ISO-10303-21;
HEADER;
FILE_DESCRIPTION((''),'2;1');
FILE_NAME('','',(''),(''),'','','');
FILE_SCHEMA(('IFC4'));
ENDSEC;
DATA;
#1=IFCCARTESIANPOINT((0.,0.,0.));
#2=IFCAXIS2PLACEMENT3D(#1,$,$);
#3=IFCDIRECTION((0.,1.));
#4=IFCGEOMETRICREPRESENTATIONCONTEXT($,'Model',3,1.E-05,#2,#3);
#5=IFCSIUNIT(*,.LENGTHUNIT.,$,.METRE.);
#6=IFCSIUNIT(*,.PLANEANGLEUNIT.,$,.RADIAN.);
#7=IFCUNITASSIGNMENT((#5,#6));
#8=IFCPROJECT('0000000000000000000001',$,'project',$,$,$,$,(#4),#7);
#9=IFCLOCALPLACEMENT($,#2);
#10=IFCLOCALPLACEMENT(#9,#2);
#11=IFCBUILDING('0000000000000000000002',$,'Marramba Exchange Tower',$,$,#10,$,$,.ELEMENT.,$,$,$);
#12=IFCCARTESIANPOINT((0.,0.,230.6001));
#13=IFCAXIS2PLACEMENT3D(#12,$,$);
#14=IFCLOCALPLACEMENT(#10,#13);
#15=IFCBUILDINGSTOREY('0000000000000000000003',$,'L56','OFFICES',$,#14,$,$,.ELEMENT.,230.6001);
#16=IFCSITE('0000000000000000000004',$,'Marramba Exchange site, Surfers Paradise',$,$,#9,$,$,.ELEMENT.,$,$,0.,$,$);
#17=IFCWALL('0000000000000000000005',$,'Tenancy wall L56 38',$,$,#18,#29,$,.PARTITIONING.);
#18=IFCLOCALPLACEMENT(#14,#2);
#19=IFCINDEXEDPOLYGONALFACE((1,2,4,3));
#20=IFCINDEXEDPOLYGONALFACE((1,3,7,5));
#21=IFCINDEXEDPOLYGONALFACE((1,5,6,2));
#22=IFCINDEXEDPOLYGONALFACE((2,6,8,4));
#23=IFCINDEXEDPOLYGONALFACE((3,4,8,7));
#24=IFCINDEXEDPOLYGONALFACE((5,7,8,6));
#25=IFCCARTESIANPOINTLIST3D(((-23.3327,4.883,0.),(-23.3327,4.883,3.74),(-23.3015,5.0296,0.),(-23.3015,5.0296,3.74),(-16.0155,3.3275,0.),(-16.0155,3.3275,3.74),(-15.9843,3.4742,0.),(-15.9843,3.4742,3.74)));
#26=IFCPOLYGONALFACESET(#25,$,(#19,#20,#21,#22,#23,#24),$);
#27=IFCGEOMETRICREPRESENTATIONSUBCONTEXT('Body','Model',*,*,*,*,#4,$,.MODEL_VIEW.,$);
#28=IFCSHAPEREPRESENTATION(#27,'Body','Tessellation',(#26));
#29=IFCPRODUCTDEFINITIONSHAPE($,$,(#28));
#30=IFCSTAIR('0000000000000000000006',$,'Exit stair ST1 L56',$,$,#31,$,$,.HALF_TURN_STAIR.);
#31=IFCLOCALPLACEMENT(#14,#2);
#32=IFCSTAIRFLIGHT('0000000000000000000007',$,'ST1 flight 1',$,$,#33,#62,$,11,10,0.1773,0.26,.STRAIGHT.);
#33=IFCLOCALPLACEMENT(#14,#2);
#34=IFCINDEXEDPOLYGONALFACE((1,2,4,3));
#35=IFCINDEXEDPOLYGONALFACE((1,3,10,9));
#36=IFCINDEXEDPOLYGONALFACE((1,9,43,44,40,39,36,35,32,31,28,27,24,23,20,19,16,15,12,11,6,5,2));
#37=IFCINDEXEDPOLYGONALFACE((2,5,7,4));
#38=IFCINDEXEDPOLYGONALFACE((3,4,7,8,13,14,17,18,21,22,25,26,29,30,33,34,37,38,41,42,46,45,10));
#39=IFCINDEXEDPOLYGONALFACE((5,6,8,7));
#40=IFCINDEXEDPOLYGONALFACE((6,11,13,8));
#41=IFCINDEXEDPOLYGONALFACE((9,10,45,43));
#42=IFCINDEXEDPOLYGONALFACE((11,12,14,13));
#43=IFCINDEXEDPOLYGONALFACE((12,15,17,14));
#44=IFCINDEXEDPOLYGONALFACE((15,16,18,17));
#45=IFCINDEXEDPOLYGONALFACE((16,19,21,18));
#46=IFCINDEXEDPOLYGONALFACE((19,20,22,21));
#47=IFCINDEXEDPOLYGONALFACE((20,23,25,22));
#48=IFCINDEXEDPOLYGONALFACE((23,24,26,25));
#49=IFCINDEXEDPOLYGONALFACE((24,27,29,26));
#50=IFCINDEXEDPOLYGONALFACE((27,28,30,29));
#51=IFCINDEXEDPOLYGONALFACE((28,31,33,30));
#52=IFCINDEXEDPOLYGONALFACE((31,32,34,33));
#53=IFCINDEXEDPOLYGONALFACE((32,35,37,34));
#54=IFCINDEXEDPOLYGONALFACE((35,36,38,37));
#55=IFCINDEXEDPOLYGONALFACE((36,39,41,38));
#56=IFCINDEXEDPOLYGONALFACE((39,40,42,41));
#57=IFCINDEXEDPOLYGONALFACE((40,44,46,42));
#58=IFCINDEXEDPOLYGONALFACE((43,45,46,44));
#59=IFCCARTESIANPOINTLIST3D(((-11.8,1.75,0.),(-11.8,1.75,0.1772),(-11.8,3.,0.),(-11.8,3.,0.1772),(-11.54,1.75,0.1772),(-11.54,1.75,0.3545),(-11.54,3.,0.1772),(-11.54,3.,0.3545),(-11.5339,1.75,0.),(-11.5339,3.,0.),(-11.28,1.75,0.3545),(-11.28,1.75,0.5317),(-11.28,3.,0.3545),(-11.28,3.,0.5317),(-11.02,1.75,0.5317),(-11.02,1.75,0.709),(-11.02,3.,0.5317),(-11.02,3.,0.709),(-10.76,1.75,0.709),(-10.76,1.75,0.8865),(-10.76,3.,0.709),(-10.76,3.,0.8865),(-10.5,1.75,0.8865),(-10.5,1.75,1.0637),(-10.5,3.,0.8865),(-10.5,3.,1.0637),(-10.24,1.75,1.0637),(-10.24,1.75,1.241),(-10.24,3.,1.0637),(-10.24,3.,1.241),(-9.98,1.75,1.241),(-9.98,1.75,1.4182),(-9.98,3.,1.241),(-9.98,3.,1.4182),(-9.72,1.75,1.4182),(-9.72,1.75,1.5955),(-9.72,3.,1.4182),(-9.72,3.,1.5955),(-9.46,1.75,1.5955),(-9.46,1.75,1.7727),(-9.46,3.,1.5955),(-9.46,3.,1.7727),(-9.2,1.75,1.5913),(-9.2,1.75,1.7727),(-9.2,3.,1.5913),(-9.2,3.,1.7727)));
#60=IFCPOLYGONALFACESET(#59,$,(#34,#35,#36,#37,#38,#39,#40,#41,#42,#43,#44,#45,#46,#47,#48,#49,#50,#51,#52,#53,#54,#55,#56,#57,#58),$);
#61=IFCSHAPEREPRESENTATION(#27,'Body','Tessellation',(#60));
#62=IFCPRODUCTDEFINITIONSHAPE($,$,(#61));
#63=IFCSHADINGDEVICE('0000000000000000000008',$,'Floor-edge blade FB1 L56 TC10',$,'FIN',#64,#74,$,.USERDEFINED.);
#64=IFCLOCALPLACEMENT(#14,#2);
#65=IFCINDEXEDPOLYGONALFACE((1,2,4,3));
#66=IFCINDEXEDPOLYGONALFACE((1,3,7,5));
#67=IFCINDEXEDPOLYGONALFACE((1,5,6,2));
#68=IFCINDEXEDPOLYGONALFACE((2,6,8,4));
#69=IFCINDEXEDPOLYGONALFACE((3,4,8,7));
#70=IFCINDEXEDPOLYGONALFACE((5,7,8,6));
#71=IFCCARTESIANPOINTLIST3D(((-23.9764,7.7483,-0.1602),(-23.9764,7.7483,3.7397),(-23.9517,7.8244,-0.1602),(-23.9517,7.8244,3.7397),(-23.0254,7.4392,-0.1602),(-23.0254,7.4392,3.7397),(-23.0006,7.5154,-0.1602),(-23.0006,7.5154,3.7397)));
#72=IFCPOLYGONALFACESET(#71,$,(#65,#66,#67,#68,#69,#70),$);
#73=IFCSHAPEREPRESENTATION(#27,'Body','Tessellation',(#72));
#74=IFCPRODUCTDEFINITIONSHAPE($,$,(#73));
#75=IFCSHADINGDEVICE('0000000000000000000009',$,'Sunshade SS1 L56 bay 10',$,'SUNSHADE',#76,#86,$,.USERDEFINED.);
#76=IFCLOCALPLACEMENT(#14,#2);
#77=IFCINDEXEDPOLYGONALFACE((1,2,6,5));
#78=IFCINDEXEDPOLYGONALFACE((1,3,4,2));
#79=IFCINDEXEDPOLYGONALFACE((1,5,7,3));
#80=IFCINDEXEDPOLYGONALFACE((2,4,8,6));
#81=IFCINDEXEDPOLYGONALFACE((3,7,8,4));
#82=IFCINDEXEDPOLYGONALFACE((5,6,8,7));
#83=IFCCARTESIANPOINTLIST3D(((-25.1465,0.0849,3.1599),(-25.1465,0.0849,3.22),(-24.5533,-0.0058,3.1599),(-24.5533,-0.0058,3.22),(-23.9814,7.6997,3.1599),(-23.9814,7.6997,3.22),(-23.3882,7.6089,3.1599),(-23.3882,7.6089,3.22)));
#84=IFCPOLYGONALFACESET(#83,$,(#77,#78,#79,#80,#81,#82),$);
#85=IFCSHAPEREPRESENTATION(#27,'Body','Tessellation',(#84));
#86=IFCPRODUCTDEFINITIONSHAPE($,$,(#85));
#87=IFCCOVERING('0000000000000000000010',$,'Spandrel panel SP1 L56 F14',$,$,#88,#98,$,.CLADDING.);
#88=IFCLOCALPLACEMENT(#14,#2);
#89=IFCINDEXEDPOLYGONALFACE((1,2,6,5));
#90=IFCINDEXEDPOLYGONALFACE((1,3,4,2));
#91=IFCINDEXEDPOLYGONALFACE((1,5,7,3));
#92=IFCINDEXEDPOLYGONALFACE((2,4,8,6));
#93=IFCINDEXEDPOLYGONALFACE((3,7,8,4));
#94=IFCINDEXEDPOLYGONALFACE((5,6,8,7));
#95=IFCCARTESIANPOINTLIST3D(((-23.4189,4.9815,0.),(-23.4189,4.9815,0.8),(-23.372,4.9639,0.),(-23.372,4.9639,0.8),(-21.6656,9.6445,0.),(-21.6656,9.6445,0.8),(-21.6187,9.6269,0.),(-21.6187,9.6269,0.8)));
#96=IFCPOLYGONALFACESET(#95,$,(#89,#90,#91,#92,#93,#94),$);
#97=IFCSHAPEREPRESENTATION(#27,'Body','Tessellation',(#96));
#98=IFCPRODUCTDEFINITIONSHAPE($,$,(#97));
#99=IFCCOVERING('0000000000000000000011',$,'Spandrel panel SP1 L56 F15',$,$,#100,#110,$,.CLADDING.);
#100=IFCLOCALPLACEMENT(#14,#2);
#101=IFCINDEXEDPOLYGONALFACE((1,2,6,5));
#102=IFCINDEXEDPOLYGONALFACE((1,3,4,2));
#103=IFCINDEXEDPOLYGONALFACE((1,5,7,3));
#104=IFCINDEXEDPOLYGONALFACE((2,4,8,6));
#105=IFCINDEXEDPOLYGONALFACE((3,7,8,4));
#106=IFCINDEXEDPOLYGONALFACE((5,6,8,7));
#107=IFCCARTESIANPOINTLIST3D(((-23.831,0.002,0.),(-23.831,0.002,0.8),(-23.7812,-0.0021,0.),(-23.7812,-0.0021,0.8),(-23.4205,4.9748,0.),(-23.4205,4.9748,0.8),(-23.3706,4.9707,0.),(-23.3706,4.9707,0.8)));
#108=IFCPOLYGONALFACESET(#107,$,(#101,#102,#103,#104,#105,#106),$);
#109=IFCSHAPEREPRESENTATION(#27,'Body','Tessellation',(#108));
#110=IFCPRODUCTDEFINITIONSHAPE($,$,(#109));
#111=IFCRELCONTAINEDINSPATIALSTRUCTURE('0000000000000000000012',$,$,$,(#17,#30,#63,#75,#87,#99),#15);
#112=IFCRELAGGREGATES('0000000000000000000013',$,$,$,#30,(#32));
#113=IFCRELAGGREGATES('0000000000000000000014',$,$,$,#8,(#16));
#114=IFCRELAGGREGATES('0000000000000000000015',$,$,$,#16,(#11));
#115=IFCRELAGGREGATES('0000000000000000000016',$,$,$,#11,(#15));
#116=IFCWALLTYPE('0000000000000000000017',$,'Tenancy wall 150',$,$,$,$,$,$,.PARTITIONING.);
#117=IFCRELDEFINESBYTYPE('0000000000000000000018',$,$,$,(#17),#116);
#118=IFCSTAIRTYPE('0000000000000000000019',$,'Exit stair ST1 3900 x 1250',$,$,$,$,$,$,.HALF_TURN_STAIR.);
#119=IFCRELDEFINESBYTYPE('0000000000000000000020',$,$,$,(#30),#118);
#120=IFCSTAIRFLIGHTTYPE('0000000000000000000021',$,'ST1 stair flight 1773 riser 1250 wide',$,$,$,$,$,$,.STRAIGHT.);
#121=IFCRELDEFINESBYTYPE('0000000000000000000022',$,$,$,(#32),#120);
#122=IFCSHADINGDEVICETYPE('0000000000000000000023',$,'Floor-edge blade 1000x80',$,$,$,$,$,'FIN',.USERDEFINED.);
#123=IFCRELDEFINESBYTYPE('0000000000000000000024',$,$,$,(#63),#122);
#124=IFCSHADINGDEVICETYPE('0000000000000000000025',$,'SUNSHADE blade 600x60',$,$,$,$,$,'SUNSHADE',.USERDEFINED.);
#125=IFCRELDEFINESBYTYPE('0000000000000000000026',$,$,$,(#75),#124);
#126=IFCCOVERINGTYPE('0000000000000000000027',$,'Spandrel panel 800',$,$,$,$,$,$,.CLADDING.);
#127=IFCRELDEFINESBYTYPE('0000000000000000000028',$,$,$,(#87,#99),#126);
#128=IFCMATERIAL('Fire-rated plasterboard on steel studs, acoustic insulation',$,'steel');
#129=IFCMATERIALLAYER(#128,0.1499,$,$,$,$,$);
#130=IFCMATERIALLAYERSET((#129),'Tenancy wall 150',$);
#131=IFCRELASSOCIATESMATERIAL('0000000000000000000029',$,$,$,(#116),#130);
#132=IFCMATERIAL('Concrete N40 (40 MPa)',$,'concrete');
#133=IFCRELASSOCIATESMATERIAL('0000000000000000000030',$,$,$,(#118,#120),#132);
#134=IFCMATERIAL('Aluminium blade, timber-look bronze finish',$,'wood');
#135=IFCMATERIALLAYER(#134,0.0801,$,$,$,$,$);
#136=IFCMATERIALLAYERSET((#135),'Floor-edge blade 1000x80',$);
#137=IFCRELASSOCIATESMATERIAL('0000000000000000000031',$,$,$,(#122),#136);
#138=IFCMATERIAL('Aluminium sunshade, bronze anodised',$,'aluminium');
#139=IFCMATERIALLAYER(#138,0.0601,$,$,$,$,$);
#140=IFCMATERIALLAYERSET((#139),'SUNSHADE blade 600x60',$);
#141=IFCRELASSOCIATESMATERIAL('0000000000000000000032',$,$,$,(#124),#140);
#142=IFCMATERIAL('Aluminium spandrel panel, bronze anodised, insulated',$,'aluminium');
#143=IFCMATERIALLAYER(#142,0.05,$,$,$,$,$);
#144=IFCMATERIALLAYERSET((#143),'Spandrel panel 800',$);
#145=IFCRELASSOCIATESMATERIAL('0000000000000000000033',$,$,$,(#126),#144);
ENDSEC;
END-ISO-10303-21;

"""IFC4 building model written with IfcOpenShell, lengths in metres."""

from ifc_helpers import new_model, si_unit, direction, frame, frame_2d, origin, origin_2d, place, context, subcontext, project, spatial, polyline, rectangle, outline, extrude, material, layer, layer_set, type_object, element, aggregate, save


model = new_model("IFC4")

# Units and contexts
model_context = context("Model", 3, precision=1e-05, world=origin(), true_north=direction((0.0, 1.0)))
body_context = subcontext(model_context, "Body", "Model", "MODEL_VIEW")
ifc_project = project(units=[si_unit("LENGTHUNIT", "METRE"), si_unit("PLANEANGLEUNIT", "RADIAN")], contexts=[model_context])

# Site, building, storey
site_placement = place(None, origin())
site = spatial("IfcSite", under=ifc_project, at=site_placement, Name="Marramba Exchange site, Surfers Paradise", CompositionType="ELEMENT", RefElevation=0.0)
building_placement = place(site_placement, origin())
building = spatial("IfcBuilding", under=site, at=building_placement, Name="Marramba Exchange Tower", CompositionType="ELEMENT")
storey_placement = place(building_placement, frame((0.0, 0.0, 230.6001)))
storey = spatial("IfcBuildingStorey", under=building, at=storey_placement, Name="L56", Description="OFFICES", CompositionType="ELEMENT", Elevation=230.6001)

# Wall
ifc_material_1 = material(Name="Fire-rated plasterboard on steel studs, acoustic insulation", Category="steel")
ifc_layer_1 = layer(ifc_material_1, 0.1499)
ifc_layer_set_1 = layer_set([ifc_layer_1], Name="Tenancy wall 150")
wall_type_1 = type_object("IfcWallType", Name="Tenancy wall 150", PredefinedType="PARTITIONING", material=ifc_layer_set_1)
wall_1_placement = place(storey_placement, frame((-16.0, 3.4009, 0.0), z_axis=(0.0, 0.0, 1.0), x_axis=(-0.978144, 0.207926, 0.0)))
element("IfcWall", 1, at=wall_1_placement, inside=storey, type_object=wall_type_1, Name="Tenancy wall L56 38", PredefinedType="PARTITIONING", context=body_context, shape_type="SweptSolid", body=[
    extrude(rectangle(XDim=7.4807, YDim=0.1499, at=frame_2d((3.7402, 0.0))), origin(), (0.0, 0.0, 1.0), 3.74),
])

# Stair, stair flight
ifc_material_2 = material(Name="Concrete N40 (40 MPa)", Category="concrete")
stair_type = type_object("IfcStairType", Name="Exit stair ST1 3900 x 1250", PredefinedType="HALF_TURN_STAIR", material=ifc_material_2)
stair_placement = place(storey_placement, origin())
stair = element("IfcStair", 2, at=stair_placement, inside=storey, type_object=stair_type, Name="Exit stair ST1 L56", PredefinedType="HALF_TURN_STAIR")
stair_flight_type = type_object("IfcStairFlightType", Name="ST1 stair flight 1773 riser 1250 wide", PredefinedType="STRAIGHT", material=ifc_material_2)
stair_flight_placement = place(storey_placement, frame((-11.8, 2.375, 0.0), z_axis=(0.0, 0.0, 1.0), x_axis=(1.0, 0.0, 0.0)))
stair_flight = element("IfcStairFlight", 3, at=stair_flight_placement, type_object=stair_flight_type, Name="ST1 flight 1", NumberOfRisers=11, NumberOfTreads=10, PredefinedType="STRAIGHT", RiserHeight=0.1773, TreadLength=0.26, context=body_context, shape_type="SweptSolid", body=[
    extrude(outline(polyline([(0.0, 0.0), (0.0, 0.1772), (0.26, 0.1772), (0.26, 0.3545), (0.52, 0.3545), (0.52, 0.5317), (0.78, 0.5317), (0.78, 0.709), (1.04, 0.709), (1.04, 0.8865), (1.3, 0.8865), (1.3, 1.0637), (1.5601, 1.0637), (1.5601, 1.241), (1.8201, 1.241), (1.8201, 1.4182), (2.0801, 1.4182), (2.0801, 1.5955), (2.3401, 1.5955), (2.3401, 1.7727), (2.6001, 1.7727), (2.6001, 1.95), (2.6001, 1.5913), (0.2661, 0.0), (0.0, 0.0)])), frame((0.0, 0.625, 0.0), z_axis=(0.0, -1.0, 0.0), x_axis=(1.0, 0.0, 0.0)), (0.0, 0.0, 1.0), 1.25),
])
aggregate(stair, [stair_flight])

# Shading devices
ifc_material_3 = material(Name="Aluminium blade, timber-look bronze finish", Category="wood")
ifc_layer_2 = layer(ifc_material_3, 0.0801)
ifc_layer_set_2 = layer_set([ifc_layer_2], Name="Floor-edge blade 1000x80")
shading_device_type_1 = type_object("IfcShadingDeviceType", Name="Floor-edge blade 1000x80", ElementType="FIN", PredefinedType="USERDEFINED", material=ifc_layer_set_2)
shading_device_1_placement = place(storey_placement, frame((-23.4885, 7.6318, -0.1602), z_axis=(0.0, 0.0, 1.0), x_axis=(-0.951057, 0.309017, 0.0)))
element("IfcShadingDevice", 4, at=shading_device_1_placement, inside=storey, type_object=shading_device_type_1, Name="Floor-edge blade FB1 L56 TC10", ObjectType="FIN", PredefinedType="USERDEFINED", context=body_context, shape_type="SweptSolid", body=[
    extrude(rectangle(XDim=1.0, YDim=0.0801, at=origin_2d()), origin(), (0.0, 0.0, 1.0), 3.8999),
])
ifc_material_4 = material(Name="Aluminium sunshade, bronze anodised", Category="aluminium")
ifc_layer_3 = layer(ifc_material_4, 0.0601)
ifc_layer_set_3 = layer_set([ifc_layer_3], Name="SUNSHADE blade 600x60")
shading_device_type_2 = type_object("IfcShadingDeviceType", Name="SUNSHADE blade 600x60", ElementType="SUNSHADE", PredefinedType="USERDEFINED", material=ifc_layer_set_3)
shading_device_2_placement = place(storey_placement, frame((-24.2673, 3.8469, 3.1599), z_axis=(0.0, 0.0, 1.0), x_axis=(-0.151241, -0.988497, 0.0)))
element("IfcShadingDevice", 5, at=shading_device_2_placement, inside=storey, type_object=shading_device_type_2, Name="Sunshade SS1 L56 bay 10", ObjectType="SUNSHADE", PredefinedType="USERDEFINED", context=body_context, shape_type="SweptSolid", body=[
    extrude(rectangle(XDim=7.7034, YDim=0.6001, at=origin_2d()), origin(), (0.0, 0.0, 1.0), 0.0601),
])

# Coverings
ifc_material_5 = material(Name="Aluminium spandrel panel, bronze anodised, insulated", Category="aluminium")
ifc_layer_4 = layer(ifc_material_5, 0.05)
ifc_layer_set_4 = layer_set([ifc_layer_4], Name="Spandrel panel 800")
covering_type = type_object("IfcCoveringType", Name="Spandrel panel 800", PredefinedType="CLADDING", material=ifc_layer_set_4)
covering_1_placement = place(storey_placement, frame((-22.5188, 7.3042, 0.0), z_axis=(0.0, 0.0, 1.0), x_axis=(-0.351952, -0.936018, 0.0)))
element("IfcCovering", 6, at=covering_1_placement, inside=storey, type_object=covering_type, Name="Spandrel panel SP1 L56 F14", PredefinedType="CLADDING", context=body_context, shape_type="SweptSolid", body=[
    extrude(rectangle(XDim=4.9817, YDim=0.05, at=origin_2d()), origin(), (0.0, 0.0, 1.0), 0.8),
])
covering_2_placement = place(storey_placement, frame((-23.6008, 2.4863, 0.0), z_axis=(0.0, 0.0, 1.0), x_axis=(-0.082281, -0.996609, 0.0)))
element("IfcCovering", 7, at=covering_2_placement, inside=storey, type_object=covering_type, Name="Spandrel panel SP1 L56 F15", PredefinedType="CLADDING", context=body_context, shape_type="SweptSolid", body=[
    extrude(rectangle(XDim=4.9897, YDim=0.05, at=origin_2d()), origin(), (0.0, 0.0, 1.0), 0.8),
])

save(model, "model.ifc")
